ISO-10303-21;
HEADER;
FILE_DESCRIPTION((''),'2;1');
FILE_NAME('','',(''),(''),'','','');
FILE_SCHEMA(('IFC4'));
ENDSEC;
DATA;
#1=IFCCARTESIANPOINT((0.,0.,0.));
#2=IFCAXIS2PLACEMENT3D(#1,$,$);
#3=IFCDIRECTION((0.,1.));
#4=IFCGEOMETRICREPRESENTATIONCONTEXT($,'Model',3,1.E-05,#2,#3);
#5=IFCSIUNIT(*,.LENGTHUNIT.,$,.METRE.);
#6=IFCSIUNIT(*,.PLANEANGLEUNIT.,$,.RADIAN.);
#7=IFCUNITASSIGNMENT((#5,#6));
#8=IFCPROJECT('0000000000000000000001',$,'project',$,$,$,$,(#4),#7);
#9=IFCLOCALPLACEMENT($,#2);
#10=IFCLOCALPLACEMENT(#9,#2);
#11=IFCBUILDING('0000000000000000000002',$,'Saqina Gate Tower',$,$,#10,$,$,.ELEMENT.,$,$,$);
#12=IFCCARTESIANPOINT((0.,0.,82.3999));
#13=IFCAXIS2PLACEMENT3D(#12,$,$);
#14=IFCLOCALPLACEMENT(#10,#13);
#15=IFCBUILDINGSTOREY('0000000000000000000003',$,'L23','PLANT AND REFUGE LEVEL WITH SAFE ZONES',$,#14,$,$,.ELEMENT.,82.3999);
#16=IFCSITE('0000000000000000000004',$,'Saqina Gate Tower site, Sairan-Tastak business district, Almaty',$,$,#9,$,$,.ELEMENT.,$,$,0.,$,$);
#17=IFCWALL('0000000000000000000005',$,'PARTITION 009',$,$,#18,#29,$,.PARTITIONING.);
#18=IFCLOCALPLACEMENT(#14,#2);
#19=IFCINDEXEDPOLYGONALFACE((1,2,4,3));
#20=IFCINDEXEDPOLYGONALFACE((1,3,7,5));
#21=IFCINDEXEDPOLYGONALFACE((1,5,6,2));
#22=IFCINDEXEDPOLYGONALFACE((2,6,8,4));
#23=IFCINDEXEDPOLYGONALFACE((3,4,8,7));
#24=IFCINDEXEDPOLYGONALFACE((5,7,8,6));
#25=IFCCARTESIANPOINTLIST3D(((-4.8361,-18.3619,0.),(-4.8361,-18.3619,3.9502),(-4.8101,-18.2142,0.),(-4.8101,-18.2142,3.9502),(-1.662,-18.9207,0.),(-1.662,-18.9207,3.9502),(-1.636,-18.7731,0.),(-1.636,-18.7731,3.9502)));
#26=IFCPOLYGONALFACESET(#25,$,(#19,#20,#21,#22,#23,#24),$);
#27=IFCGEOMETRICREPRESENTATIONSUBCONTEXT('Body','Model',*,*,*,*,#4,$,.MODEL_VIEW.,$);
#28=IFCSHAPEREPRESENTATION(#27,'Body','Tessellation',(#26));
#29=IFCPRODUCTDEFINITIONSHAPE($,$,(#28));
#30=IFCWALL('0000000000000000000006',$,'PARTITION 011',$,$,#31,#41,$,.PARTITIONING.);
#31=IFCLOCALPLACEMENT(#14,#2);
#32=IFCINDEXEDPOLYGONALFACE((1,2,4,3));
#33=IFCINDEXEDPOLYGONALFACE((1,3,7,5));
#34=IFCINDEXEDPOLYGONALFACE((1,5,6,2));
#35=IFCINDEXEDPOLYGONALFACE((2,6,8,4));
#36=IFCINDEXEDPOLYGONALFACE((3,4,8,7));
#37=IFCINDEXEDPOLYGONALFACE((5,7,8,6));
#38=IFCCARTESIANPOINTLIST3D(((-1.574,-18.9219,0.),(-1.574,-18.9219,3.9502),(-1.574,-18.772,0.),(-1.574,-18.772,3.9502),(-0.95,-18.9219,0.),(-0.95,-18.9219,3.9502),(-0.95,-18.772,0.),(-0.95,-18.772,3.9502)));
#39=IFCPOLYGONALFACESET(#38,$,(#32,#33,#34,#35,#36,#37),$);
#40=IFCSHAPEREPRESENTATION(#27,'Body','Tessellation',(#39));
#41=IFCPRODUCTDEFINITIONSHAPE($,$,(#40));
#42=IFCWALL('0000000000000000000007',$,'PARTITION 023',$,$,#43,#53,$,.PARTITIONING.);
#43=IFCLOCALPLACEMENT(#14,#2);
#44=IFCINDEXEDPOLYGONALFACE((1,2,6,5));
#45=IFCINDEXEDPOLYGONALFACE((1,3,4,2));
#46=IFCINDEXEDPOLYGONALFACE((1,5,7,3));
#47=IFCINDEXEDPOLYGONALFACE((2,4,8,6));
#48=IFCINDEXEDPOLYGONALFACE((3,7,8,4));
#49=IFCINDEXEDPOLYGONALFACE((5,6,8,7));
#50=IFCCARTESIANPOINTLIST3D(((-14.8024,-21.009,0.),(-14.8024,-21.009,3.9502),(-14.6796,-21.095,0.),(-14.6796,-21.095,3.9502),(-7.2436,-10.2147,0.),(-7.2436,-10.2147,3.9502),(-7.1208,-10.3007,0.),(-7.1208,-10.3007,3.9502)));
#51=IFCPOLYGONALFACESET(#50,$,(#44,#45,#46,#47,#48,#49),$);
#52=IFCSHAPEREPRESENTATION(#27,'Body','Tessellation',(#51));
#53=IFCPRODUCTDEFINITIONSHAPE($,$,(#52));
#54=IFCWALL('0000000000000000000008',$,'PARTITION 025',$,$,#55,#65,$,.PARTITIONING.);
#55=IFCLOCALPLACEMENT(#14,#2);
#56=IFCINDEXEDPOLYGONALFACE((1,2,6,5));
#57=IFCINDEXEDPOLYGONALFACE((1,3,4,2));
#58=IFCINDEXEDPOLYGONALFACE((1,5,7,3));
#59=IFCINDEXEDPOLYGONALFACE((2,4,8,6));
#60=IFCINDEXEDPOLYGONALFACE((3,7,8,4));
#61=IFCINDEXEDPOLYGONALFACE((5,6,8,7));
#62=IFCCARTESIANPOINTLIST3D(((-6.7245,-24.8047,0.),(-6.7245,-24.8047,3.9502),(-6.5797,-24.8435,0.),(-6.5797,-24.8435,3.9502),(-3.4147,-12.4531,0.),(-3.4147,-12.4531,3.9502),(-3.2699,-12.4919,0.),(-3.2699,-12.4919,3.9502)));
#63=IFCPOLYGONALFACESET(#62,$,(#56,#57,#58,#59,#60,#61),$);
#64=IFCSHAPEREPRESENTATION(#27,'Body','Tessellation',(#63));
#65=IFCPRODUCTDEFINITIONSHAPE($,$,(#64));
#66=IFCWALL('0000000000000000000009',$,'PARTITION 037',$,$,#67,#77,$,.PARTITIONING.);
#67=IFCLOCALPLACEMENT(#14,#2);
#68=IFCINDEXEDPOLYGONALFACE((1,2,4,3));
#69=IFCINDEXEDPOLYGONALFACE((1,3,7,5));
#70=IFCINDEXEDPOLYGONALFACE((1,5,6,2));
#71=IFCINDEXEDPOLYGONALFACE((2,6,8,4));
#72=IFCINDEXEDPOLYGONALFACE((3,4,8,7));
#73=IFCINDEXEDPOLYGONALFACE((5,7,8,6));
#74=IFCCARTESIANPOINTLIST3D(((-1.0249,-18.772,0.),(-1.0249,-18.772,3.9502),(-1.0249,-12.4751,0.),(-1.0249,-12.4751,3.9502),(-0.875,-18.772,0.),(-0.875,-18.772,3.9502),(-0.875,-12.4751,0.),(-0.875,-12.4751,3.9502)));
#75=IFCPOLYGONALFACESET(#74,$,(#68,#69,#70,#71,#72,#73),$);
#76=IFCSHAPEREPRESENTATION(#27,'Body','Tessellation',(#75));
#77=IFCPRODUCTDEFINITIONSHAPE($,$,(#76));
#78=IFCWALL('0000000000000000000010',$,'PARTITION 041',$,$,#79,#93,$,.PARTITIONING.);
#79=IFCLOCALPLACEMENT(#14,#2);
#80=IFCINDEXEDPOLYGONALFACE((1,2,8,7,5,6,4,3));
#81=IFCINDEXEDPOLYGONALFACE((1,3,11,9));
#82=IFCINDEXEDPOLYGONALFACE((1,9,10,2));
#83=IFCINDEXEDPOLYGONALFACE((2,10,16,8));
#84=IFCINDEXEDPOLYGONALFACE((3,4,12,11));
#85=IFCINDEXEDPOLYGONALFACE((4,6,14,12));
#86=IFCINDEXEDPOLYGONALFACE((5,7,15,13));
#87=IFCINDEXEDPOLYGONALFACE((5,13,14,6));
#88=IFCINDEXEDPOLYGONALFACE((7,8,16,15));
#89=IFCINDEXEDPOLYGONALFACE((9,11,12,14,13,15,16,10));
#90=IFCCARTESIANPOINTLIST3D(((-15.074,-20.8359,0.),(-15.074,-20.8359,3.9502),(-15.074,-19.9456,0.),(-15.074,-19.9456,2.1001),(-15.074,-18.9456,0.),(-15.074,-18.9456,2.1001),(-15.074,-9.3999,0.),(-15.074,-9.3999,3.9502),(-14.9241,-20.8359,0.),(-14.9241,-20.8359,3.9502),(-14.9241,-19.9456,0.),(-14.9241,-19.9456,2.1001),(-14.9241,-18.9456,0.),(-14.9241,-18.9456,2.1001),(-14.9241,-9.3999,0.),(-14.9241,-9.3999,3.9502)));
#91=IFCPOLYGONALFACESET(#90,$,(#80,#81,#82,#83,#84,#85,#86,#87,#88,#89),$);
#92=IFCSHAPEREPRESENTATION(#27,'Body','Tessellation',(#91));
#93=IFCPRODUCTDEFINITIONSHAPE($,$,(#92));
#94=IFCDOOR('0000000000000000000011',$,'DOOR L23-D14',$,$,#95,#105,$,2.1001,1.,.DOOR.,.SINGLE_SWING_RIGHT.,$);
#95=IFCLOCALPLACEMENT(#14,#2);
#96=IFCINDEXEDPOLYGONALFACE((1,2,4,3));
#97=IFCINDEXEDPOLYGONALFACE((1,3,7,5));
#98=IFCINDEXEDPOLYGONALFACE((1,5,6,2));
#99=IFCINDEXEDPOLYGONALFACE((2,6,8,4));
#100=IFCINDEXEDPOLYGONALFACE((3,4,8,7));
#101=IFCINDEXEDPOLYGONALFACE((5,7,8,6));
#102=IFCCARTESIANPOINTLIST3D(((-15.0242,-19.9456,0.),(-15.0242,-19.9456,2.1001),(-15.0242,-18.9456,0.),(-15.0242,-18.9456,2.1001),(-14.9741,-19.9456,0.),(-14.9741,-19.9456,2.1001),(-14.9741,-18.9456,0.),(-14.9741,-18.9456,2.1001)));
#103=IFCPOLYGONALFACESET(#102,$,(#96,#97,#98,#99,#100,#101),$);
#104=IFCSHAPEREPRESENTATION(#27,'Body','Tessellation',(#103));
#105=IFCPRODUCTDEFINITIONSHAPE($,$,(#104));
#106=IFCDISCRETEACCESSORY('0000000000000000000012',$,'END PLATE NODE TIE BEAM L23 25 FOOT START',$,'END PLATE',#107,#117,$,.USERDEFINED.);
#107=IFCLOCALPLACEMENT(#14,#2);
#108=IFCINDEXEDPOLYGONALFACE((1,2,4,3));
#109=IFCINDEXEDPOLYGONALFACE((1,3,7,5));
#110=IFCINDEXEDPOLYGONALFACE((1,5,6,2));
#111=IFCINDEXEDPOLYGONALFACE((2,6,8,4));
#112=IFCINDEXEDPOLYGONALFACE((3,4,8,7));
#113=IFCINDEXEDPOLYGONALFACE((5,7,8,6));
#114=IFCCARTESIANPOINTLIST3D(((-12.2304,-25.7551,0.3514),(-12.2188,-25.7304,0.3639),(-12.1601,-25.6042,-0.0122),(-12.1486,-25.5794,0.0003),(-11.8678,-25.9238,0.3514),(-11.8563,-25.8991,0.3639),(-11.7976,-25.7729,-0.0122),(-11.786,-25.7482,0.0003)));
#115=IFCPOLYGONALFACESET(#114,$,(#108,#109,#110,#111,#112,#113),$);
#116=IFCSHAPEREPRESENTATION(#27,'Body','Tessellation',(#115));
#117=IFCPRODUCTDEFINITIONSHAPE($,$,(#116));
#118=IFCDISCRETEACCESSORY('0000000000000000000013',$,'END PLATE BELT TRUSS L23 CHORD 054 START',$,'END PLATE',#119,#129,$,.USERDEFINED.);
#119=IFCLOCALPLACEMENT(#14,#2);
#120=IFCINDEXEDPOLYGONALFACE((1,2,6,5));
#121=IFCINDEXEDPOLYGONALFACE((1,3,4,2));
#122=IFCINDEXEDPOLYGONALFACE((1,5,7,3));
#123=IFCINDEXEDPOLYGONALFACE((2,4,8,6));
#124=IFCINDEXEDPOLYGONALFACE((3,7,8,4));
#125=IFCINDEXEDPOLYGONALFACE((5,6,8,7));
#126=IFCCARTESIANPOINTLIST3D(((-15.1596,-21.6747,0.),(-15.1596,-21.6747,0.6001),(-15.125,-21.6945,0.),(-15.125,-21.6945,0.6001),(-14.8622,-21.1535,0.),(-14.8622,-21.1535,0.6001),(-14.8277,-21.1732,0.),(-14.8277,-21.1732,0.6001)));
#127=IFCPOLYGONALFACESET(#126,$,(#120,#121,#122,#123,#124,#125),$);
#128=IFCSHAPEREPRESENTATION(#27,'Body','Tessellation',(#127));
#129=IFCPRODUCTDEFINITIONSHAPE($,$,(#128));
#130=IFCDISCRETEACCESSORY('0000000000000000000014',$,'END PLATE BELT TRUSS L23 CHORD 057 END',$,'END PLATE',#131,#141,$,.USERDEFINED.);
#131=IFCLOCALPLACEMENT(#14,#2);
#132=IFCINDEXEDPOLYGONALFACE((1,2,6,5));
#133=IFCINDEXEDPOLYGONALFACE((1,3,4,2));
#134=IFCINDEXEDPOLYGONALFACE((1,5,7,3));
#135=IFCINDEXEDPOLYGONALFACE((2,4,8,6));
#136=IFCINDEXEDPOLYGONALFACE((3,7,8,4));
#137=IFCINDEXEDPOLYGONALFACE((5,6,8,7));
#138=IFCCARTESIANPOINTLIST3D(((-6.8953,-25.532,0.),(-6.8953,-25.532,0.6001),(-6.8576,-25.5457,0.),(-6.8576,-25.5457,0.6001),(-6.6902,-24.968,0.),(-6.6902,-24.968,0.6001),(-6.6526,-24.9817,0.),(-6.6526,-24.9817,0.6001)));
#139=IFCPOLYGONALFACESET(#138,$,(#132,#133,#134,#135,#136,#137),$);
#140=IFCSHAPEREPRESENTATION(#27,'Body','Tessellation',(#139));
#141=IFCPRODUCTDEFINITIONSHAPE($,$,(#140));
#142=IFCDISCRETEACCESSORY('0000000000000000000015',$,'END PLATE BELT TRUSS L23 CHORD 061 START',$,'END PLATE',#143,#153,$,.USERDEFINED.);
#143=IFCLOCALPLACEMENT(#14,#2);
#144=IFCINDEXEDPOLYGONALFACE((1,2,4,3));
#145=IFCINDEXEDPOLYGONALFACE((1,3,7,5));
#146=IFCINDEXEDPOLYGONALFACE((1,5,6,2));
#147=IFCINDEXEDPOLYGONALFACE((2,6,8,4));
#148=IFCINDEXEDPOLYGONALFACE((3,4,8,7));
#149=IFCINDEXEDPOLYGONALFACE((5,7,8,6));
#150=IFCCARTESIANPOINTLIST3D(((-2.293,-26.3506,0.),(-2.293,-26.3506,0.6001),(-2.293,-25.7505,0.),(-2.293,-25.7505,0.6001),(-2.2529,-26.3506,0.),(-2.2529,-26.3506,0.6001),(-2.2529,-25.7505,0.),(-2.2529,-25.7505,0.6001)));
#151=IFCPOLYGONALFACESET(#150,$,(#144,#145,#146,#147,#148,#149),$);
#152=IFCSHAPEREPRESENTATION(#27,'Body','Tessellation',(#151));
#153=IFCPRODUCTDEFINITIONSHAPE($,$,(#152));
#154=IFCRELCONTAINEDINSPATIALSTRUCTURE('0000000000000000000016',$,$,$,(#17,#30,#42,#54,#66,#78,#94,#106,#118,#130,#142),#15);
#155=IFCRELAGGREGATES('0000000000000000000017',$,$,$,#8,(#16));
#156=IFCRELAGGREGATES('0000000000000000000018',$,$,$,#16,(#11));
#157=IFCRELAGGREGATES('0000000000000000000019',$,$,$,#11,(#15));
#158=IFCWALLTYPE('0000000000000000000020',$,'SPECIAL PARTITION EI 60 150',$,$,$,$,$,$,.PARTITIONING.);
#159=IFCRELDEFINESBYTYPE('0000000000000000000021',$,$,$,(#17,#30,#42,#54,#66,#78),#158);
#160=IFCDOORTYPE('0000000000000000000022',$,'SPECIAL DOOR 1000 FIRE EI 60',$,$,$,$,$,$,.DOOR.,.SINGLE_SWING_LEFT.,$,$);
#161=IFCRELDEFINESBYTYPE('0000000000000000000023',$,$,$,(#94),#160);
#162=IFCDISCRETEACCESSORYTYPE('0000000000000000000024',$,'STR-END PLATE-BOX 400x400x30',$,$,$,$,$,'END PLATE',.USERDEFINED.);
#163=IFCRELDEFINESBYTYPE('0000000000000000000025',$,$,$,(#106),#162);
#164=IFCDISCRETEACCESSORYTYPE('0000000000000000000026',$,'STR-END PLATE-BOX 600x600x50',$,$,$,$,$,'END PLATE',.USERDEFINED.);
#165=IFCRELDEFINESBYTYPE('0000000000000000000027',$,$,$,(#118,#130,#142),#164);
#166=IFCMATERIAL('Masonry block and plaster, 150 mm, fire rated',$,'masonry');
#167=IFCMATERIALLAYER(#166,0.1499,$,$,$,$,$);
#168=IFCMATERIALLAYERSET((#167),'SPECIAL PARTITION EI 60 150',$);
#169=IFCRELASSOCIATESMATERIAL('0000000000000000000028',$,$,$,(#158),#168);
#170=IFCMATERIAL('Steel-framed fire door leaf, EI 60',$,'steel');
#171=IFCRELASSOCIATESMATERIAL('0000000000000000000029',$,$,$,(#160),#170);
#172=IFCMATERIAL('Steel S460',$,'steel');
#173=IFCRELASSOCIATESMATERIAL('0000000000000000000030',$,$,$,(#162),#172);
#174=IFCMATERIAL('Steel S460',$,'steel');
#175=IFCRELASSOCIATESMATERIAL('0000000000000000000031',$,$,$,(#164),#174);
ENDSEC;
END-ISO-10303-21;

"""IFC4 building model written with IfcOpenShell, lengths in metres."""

from ifc_helpers import new_model, si_unit, direction, frame, frame_2d, origin, origin_2d, place, context, subcontext, project, spatial, rectangle, extrude, material, layer, layer_set, material_profile, profile_set, type_object, element, fill, save


model = new_model("IFC4")

# Units and contexts
model_context = context("Model", 3, precision=1e-05, world=origin(), true_north=direction((0.0, 1.0)))
body_context = subcontext(model_context, "Body", "Model", "MODEL_VIEW")
ifc_project = project(units=[si_unit("LENGTHUNIT", "METRE"), si_unit("PLANEANGLEUNIT", "RADIAN")], contexts=[model_context])

# Site, building, storey
site_placement = place(None, origin())
site = spatial("IfcSite", under=ifc_project, at=site_placement, Name="Saqina Gate Tower site, Sairan-Tastak business district, Almaty", CompositionType="ELEMENT", RefElevation=0.0)
building_placement = place(site_placement, origin())
building = spatial("IfcBuilding", under=site, at=building_placement, Name="Saqina Gate Tower", CompositionType="ELEMENT")
storey_placement = place(building_placement, frame((0.0, 0.0, 82.3999)))
storey = spatial("IfcBuildingStorey", under=building, at=storey_placement, Name="L23", Description="PLANT AND REFUGE LEVEL WITH SAFE ZONES", CompositionType="ELEMENT", Elevation=82.3999)

# Walls
ifc_material_1 = material(Name="Masonry block and plaster, 150 mm, fire rated", Category="masonry")
ifc_layer_1 = layer(ifc_material_1, 0.1499)
ifc_layer_set_1 = layer_set([ifc_layer_1], Name="SPECIAL PARTITION EI 60 150")
wall_type_1 = type_object("IfcWallType", Name="SPECIAL PARTITION EI 60 150", PredefinedType="PARTITIONING", material=ifc_layer_set_1)
wall_1_placement = place(storey_placement, frame((-4.823, -18.2881, 0.0), z_axis=(0.0, 0.0, 1.0), x_axis=(0.984852, -0.173396, 0.0)))
element("IfcWall", 1, at=wall_1_placement, inside=storey, type_object=wall_type_1, Name="PARTITION 009", PredefinedType="PARTITIONING", context=body_context, shape_type="SweptSolid", body=[
    extrude(rectangle(XDim=3.2229, YDim=0.1499, at=frame_2d((1.6113, 0.0))), origin(), (0.0, 0.0, 1.0), 3.9502),
])
wall_2_placement = place(storey_placement, frame((-1.574, -18.8469, 0.0), z_axis=(0.0, 0.0, 1.0), x_axis=(1.0, 0.0, 0.0)))
element("IfcWall", 2, at=wall_2_placement, inside=storey, type_object=wall_type_1, Name="PARTITION 011", PredefinedType="PARTITIONING", context=body_context, shape_type="SweptSolid", body=[
    extrude(rectangle(XDim=0.624, YDim=0.1499, at=frame_2d((0.312, 0.0))), origin(), (0.0, 0.0, 1.0), 3.9502),
])
wall_3_placement = place(storey_placement, frame((-14.741, -21.052, 0.0), z_axis=(0.0, 0.0, 1.0), x_axis=(0.573602, 0.819134, 0.0)))
element("IfcWall", 3, at=wall_3_placement, inside=storey, type_object=wall_type_1, Name="PARTITION 023", PredefinedType="PARTITIONING", context=body_context, shape_type="SweptSolid", body=[
    extrude(rectangle(XDim=13.1777, YDim=0.1499, at=frame_2d((6.5889, 0.0))), origin(), (0.0, 0.0, 1.0), 3.9502),
])
wall_4_placement = place(storey_placement, frame((-6.6521, -24.824, 0.0), z_axis=(0.0, 0.0, 1.0), x_axis=(0.258835, 0.965921, 0.0)))
element("IfcWall", 4, at=wall_4_placement, inside=storey, type_object=wall_type_1, Name="PARTITION 025", PredefinedType="PARTITIONING", context=body_context, shape_type="SweptSolid", body=[
    extrude(rectangle(XDim=12.7874, YDim=0.1499, at=frame_2d((6.3936, 0.0))), origin(), (0.0, 0.0, 1.0), 3.9502),
])
wall_5_placement = place(storey_placement, frame((-0.95, -18.772, 0.0), z_axis=(0.0, 0.0, 1.0), x_axis=(0.0, 1.0, 0.0)))
element("IfcWall", 5, at=wall_5_placement, inside=storey, type_object=wall_type_1, Name="PARTITION 037", PredefinedType="PARTITIONING", context=body_context, shape_type="SweptSolid", body=[
    extrude(rectangle(XDim=6.2969, YDim=0.1499, at=frame_2d((3.1484, 0.0))), origin(), (0.0, 0.0, 1.0), 3.9502),
])

# Wall, opening, door
wall_6_placement = place(storey_placement, frame((-14.999, -20.8359, 0.0), z_axis=(0.0, 0.0, 1.0), x_axis=(0.0, 1.0, 0.0)))
wall_6 = element("IfcWall", 6, at=wall_6_placement, inside=storey, type_object=wall_type_1, Name="PARTITION 041", PredefinedType="PARTITIONING", context=body_context, shape_type="SweptSolid", body=[
    extrude(rectangle(XDim=11.436, YDim=0.1499, at=frame_2d((5.718, 0.0))), origin(), (0.0, 0.0, 1.0), 3.9502),
])
opening_placement = place(wall_6_placement, frame((0.8904, 0.0, 0.0)))
opening = element("IfcOpeningElement", 7, at=opening_placement, cuts=wall_6, PredefinedType="OPENING", context=body_context, shape_type="SweptSolid", body=[
    extrude(rectangle(XDim=1.0, YDim=2.1001, at=frame_2d((0.5, 1.05))), frame((0.0, 0.0869, 0.0), z_axis=(0.0, -1.0, 0.0), x_axis=(1.0, 0.0, 0.0)), (0.0, 0.0, 1.0), 0.1738),
])
ifc_material_2 = material(Name="Steel-framed fire door leaf, EI 60", Category="steel")
door_type = type_object("IfcDoorType", Name="SPECIAL DOOR 1000 FIRE EI 60", OperationType="SINGLE_SWING_LEFT", PredefinedType="DOOR", material=ifc_material_2)
door_placement = place(opening_placement, frame((1.0, 0.0, 0.0), z_axis=(0.0, 0.0, 1.0), x_axis=(-1.0, 0.0, 0.0)))
door = element("IfcDoor", 8, at=door_placement, inside=storey, type_object=door_type, Name="DOOR L23-D14", OperationType="SINGLE_SWING_RIGHT", OverallHeight=2.1001, OverallWidth=1.0, PredefinedType="DOOR", context=body_context, shape_type="SweptSolid", body=[
    extrude(rectangle(XDim=1.0, YDim=2.1001, at=frame_2d((0.5, 1.05))), frame((0.0, 0.0249, 0.0), z_axis=(0.0, -1.0, 0.0), x_axis=(1.0, 0.0, 0.0)), (0.0, 0.0, 1.0), 0.05),
])
fill(opening, door)

# Discrete accessories
ifc_material_3 = material(Name="Steel S460", Category="steel")
ifc_material_profile_1 = material_profile(ifc_material_3, rectangle(XDim=0.3999, YDim=0.3999, at=origin_2d()), Name="STR-END PLATE-BOX 400x400x30")
ifc_profile_set_1 = profile_set([ifc_material_profile_1], Name="Steel S460")
discrete_accessory_type_1 = type_object("IfcDiscreteAccessoryType", Name="STR-END PLATE-BOX 400x400x30", ElementType="END PLATE", PredefinedType="USERDEFINED", material=ifc_profile_set_1)
discrete_accessory_1_placement = place(storey_placement, frame((-12.0024, -25.7393, 0.1821), z_axis=(-0.383613, -0.824359, -0.416261), x_axis=(-0.90664, 0.421905, -0.000007)))
element("IfcDiscreteAccessory", 9, at=discrete_accessory_1_placement, inside=storey, type_object=discrete_accessory_type_1, Name="END PLATE NODE TIE BEAM L23 25 FOOT START", ObjectType="END PLATE", PredefinedType="USERDEFINED", context=body_context, shape_type="SweptSolid", body=[
    extrude(rectangle(XDim=0.3999, YDim=0.3999, at=origin_2d()), origin(), (0.0, 0.0, 1.0), 0.03),
])
ifc_material_4 = material(Name="Steel S460", Category="steel")
ifc_material_profile_2 = material_profile(ifc_material_4, rectangle(XDim=0.6001, YDim=0.6001, at=origin_2d()), Name="STR-END PLATE-BOX 600x600x50")
ifc_profile_set_2 = profile_set([ifc_material_profile_2], Name="Steel S460")
discrete_accessory_type_2 = type_object("IfcDiscreteAccessoryType", Name="STR-END PLATE-BOX 600x600x50", ElementType="END PLATE", PredefinedType="USERDEFINED", material=ifc_profile_set_2)
discrete_accessory_2_placement = place(storey_placement, frame((-14.9763, -21.4338, 0.3), z_axis=(-0.868619, 0.49548, 0.0), x_axis=(0.49548, 0.868619, 0.0)))
element("IfcDiscreteAccessory", 10, at=discrete_accessory_2_placement, inside=storey, type_object=discrete_accessory_type_2, Name="END PLATE BELT TRUSS L23 CHORD 054 START", ObjectType="END PLATE", PredefinedType="USERDEFINED", context=body_context, shape_type="SweptSolid", body=[
    extrude(rectangle(XDim=0.6001, YDim=0.6001, at=origin_2d()), origin(), (0.0, 0.0, 1.0), 0.0398),
])
for number, where, z_axis, x_axis, name in (
    (11, (-6.7927, -25.25, 0.3), (0.939793, -0.341743, 0.0), (0.341743, 0.939793, 0.0), "END PLATE BELT TRUSS L23 CHORD 057 END"),
    (12, (-2.2529, -26.0505, 0.3), (-1.0, 0.0, 0.0), (0.0, 1.0, 0.0), "END PLATE BELT TRUSS L23 CHORD 061 START"),
):
    element("IfcDiscreteAccessory", number, at=place(storey_placement, frame(where, z_axis=z_axis, x_axis=x_axis)), inside=storey, type_object=discrete_accessory_type_2, Name=name, ObjectType="END PLATE", PredefinedType="USERDEFINED", context=body_context, shape_type="SweptSolid", body=[
        extrude(rectangle(XDim=0.6001, YDim=0.6001, at=origin_2d()), origin(), (0.0, 0.0, 1.0), 0.04),
    ])

save(model, "model.ifc")
